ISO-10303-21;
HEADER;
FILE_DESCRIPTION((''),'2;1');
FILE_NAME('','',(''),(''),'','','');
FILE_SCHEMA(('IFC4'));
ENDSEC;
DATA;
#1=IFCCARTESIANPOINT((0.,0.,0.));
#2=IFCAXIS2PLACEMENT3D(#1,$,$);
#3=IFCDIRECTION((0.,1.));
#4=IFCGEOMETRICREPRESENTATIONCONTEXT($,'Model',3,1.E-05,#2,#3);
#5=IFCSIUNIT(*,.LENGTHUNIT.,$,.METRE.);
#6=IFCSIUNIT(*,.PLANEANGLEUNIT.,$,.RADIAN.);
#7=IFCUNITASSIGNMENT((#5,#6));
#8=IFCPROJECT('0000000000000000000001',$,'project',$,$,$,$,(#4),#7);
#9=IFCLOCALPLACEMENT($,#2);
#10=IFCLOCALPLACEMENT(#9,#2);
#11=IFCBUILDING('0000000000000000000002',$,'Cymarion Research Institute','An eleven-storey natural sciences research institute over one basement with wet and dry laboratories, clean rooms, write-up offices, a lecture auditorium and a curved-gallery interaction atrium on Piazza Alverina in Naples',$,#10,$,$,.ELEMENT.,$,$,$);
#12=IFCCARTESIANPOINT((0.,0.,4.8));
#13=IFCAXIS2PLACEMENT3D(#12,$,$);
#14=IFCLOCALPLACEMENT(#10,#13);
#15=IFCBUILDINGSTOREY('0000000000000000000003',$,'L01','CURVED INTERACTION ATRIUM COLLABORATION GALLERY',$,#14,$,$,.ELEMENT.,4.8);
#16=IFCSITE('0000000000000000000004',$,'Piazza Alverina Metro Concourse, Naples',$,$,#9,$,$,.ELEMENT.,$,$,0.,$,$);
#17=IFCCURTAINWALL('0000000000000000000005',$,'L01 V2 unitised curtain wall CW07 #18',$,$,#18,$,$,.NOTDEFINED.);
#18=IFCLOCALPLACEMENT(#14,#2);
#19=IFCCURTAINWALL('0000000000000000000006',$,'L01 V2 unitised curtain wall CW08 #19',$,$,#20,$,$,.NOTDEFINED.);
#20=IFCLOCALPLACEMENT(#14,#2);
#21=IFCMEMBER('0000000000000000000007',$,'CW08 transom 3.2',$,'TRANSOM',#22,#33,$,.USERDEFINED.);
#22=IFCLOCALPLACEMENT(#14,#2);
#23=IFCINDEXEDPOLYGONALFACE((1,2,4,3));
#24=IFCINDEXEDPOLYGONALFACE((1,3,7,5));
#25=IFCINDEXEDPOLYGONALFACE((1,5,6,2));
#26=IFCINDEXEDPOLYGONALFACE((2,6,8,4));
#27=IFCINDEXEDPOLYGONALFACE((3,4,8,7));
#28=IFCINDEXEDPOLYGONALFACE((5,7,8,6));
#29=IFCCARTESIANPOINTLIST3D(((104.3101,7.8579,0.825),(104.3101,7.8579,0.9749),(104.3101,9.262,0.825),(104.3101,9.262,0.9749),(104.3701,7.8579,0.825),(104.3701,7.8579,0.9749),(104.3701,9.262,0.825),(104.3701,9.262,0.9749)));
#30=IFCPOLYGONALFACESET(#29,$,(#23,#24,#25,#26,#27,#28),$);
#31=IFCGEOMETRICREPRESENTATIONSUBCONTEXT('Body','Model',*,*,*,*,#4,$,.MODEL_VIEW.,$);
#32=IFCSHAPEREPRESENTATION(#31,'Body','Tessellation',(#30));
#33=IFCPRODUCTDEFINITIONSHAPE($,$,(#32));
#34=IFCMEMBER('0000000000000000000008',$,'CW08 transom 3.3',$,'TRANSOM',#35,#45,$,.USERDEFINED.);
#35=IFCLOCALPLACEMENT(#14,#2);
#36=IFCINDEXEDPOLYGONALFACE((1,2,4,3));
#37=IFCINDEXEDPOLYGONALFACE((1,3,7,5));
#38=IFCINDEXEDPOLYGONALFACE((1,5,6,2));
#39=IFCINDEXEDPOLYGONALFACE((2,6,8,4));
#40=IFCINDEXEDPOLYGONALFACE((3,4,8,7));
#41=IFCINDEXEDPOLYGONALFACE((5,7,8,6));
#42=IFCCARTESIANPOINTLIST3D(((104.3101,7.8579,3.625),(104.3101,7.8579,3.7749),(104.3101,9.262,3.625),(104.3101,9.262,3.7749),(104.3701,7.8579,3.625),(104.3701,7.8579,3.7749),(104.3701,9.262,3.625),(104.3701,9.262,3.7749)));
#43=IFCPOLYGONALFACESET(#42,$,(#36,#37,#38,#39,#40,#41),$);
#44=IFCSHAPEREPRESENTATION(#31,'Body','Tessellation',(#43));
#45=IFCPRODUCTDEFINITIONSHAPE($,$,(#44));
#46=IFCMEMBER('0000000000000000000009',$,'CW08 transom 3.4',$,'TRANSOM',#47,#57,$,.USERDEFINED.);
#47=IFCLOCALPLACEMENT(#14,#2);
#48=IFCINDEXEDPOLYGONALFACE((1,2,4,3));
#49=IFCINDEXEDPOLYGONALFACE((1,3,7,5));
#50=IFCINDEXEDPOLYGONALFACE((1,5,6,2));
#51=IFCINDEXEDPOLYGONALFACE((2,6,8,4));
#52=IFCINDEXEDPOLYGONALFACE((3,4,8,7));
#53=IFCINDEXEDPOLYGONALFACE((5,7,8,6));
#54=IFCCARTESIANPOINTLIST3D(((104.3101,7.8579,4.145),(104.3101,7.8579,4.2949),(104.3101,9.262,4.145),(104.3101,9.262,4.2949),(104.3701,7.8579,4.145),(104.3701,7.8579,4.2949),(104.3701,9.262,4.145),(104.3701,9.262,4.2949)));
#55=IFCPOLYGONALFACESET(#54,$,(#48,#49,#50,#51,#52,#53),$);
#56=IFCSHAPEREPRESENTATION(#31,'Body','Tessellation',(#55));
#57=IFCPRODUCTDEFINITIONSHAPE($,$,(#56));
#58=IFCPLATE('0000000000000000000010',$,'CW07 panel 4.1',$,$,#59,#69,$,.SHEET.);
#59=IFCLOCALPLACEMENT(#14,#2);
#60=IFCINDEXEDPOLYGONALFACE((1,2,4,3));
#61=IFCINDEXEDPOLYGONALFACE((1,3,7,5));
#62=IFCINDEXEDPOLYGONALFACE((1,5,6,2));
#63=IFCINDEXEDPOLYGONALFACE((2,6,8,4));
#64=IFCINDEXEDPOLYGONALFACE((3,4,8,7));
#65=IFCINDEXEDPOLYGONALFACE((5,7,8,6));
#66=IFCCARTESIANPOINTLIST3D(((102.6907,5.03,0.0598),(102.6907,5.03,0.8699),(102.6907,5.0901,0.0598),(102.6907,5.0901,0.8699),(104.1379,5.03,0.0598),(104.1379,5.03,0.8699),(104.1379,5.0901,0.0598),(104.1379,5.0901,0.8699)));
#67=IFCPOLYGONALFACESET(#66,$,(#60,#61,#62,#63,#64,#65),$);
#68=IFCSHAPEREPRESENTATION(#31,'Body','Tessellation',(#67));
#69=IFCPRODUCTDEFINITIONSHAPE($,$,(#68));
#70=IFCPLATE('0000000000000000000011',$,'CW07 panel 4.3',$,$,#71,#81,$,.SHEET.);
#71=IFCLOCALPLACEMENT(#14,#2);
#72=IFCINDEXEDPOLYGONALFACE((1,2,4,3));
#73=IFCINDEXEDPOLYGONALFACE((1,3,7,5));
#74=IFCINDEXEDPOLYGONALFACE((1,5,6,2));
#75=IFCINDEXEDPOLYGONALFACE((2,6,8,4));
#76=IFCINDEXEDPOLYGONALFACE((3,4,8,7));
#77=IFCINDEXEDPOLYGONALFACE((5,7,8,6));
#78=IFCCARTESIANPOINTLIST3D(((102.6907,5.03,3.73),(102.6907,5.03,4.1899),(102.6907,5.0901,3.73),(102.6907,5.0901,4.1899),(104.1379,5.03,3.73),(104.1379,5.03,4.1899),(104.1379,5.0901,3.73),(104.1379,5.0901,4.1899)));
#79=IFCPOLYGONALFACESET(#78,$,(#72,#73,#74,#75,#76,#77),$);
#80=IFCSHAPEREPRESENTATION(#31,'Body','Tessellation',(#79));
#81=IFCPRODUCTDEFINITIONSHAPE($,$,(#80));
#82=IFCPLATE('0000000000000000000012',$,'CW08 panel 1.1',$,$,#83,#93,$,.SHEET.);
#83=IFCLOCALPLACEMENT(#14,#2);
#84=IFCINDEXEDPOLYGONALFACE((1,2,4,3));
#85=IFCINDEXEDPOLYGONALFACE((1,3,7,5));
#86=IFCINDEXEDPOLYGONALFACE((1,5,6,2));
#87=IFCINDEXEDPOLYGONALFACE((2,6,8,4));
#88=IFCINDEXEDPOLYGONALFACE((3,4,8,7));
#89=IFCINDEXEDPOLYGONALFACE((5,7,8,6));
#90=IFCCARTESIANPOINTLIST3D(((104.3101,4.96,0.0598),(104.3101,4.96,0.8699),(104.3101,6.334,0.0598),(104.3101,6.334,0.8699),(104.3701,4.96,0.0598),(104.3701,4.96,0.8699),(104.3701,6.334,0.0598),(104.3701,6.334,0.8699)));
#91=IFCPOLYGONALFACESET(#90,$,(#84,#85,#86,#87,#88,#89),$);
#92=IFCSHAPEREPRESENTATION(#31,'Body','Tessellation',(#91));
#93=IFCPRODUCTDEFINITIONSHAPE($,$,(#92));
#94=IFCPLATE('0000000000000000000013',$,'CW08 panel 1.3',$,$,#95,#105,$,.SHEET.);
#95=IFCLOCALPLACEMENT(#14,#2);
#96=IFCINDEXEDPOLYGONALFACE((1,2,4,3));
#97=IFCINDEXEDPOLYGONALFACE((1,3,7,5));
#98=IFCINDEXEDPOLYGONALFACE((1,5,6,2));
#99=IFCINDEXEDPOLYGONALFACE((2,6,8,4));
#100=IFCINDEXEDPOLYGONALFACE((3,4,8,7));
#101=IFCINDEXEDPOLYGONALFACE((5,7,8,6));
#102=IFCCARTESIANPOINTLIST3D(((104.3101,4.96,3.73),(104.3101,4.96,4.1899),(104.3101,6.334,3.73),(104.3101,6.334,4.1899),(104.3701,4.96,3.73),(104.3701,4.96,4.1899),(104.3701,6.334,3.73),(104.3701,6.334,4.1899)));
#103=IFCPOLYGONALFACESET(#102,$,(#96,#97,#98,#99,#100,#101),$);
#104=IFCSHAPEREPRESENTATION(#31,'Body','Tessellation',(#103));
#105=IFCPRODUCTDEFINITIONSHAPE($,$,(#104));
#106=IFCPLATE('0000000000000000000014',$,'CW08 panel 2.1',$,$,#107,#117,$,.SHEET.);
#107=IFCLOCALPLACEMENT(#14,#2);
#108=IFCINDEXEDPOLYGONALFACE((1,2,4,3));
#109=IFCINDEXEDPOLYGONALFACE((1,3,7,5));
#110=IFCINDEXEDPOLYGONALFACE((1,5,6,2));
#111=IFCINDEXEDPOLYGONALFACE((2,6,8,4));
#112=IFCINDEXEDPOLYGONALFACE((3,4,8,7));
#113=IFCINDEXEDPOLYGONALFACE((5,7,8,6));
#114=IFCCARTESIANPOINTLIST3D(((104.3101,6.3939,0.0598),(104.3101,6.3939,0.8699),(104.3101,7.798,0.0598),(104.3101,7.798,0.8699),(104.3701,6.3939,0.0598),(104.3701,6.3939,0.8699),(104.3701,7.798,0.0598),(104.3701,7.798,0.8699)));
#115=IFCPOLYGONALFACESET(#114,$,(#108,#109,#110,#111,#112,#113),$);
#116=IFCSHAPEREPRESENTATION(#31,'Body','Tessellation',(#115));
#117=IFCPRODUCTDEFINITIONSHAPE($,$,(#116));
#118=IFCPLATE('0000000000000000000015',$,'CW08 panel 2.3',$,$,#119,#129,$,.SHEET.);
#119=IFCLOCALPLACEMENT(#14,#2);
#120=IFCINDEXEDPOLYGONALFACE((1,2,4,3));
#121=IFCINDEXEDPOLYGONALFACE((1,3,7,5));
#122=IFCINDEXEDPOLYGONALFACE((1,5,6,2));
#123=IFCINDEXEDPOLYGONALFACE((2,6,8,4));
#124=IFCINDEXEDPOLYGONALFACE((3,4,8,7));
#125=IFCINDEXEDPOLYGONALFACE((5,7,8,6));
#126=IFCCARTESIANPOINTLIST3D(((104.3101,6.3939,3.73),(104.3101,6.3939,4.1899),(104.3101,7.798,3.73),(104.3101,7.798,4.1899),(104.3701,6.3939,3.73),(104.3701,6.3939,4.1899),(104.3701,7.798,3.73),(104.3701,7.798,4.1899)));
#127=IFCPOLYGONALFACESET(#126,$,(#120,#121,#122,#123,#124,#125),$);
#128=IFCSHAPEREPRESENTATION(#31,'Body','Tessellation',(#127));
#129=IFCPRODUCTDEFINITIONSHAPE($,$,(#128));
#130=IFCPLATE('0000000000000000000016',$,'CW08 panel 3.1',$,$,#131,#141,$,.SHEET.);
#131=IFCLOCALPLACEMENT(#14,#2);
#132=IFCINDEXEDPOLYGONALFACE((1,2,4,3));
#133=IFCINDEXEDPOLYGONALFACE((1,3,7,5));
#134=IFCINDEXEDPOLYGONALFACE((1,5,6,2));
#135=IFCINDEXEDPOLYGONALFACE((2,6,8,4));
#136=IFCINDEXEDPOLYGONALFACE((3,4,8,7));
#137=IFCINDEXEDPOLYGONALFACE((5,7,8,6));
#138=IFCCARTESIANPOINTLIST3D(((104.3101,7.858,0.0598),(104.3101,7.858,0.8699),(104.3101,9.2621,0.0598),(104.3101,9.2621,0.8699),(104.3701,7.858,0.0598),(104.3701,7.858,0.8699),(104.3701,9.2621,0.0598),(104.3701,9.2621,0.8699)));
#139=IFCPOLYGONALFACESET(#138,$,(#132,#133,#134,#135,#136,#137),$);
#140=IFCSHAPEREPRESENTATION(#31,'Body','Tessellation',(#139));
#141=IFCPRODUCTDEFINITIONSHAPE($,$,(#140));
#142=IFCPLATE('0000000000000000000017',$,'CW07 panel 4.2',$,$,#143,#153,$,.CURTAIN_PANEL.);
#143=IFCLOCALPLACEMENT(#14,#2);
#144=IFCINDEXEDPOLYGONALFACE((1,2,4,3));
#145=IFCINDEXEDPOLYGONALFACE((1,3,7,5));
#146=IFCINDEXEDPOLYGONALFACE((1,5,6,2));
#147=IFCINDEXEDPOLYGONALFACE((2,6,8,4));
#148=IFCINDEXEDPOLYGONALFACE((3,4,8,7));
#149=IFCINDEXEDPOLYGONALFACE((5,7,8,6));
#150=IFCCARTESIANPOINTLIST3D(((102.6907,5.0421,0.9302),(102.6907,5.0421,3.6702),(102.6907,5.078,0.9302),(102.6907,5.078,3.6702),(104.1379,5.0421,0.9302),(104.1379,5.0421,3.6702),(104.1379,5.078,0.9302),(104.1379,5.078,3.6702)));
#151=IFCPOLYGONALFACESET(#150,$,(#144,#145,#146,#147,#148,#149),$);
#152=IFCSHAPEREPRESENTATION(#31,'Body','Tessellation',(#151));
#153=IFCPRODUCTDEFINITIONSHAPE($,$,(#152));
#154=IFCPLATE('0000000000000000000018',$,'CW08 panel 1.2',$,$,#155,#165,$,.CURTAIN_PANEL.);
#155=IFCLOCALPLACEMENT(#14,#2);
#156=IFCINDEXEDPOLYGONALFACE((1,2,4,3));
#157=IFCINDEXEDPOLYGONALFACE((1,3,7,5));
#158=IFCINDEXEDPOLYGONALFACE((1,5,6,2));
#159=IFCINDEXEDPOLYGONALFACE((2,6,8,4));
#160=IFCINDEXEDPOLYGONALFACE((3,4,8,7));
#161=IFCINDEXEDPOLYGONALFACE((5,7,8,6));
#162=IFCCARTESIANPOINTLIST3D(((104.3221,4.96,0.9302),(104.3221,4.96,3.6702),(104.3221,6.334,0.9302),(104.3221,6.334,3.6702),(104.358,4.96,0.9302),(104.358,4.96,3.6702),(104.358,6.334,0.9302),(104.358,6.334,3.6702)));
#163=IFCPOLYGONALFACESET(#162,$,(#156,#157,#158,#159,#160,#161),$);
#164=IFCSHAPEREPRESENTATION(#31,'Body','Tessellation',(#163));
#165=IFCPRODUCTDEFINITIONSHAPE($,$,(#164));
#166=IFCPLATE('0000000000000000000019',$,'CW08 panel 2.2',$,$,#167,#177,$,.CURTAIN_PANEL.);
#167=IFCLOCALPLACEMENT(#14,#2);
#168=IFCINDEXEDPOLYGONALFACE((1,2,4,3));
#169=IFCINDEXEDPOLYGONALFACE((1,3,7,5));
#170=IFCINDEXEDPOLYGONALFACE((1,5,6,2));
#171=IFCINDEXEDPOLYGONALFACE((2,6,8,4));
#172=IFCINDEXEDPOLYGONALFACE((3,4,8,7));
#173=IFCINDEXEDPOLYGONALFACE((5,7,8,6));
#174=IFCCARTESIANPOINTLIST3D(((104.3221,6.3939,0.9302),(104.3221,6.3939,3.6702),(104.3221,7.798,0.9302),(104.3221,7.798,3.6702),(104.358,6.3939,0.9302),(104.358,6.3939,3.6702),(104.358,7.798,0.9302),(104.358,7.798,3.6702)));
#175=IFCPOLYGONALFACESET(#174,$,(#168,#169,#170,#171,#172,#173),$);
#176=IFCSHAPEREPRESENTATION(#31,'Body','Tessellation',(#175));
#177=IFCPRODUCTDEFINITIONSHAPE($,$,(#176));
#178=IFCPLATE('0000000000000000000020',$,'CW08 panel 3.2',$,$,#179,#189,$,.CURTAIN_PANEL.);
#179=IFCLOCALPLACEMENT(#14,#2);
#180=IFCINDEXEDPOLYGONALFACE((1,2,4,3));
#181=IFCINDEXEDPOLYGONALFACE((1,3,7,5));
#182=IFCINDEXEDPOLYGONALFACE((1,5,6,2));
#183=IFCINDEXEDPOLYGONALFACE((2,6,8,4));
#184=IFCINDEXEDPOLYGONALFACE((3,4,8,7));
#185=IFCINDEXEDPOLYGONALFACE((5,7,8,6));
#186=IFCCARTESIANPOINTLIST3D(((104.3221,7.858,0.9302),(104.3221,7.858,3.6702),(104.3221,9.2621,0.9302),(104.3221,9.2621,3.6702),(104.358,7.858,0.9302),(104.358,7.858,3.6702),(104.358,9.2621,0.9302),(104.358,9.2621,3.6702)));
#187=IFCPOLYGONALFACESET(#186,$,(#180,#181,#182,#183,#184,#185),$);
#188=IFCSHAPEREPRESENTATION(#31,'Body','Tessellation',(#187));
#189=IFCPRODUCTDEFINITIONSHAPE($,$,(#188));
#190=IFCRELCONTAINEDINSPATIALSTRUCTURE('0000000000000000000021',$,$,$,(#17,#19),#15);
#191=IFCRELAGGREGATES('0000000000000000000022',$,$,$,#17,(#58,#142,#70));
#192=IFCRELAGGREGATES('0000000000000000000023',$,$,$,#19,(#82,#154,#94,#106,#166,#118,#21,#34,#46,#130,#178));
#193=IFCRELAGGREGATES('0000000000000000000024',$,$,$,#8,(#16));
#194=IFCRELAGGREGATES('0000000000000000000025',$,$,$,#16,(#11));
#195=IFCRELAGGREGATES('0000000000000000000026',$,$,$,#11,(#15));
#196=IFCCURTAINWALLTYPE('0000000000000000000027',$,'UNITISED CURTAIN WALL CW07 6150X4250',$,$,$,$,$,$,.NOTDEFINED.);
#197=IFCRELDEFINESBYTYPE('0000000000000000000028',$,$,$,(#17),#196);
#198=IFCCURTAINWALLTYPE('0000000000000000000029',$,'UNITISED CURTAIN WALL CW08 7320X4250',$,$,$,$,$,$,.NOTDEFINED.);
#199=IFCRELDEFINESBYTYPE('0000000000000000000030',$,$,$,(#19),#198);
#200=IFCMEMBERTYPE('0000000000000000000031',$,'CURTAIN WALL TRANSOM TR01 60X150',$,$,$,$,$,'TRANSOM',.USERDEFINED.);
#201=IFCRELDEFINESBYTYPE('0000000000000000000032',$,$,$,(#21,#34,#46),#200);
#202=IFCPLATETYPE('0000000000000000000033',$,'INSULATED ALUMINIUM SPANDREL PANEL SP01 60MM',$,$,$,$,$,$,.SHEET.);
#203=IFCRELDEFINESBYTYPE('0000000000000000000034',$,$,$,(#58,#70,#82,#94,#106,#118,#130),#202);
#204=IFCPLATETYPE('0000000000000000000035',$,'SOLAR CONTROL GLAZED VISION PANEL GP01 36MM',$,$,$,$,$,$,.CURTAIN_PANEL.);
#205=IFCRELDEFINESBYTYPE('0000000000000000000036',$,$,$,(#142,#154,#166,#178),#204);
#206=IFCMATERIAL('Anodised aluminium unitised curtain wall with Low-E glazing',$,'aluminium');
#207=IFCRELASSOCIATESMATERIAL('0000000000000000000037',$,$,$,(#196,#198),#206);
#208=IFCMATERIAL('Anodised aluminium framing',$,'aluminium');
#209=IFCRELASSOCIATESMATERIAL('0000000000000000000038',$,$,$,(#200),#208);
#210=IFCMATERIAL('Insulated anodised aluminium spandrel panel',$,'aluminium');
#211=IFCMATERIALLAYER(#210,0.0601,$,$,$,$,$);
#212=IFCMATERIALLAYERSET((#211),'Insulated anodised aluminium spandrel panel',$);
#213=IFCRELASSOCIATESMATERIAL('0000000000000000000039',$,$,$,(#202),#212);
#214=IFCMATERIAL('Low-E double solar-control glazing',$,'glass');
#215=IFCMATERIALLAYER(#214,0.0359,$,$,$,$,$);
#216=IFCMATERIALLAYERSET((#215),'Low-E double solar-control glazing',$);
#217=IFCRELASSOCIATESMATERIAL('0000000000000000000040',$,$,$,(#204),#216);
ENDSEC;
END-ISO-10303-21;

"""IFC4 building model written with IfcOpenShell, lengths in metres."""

from ifc_helpers import new_model, si_unit, direction, frame, origin, origin_2d, place, context, subcontext, project, spatial, rectangle, extrude, material, layer, layer_set, material_profile, profile_set, type_object, element, aggregate, save


model = new_model("IFC4")

# Units and contexts
model_context = context("Model", 3, precision=1e-05, world=origin(), true_north=direction((0.0, 1.0)))
body_context = subcontext(model_context, "Body", "Model", "MODEL_VIEW")
ifc_project = project(units=[si_unit("LENGTHUNIT", "METRE"), si_unit("PLANEANGLEUNIT", "RADIAN")], contexts=[model_context])

# Site, building, storey
site_placement = place(None, origin())
site = spatial("IfcSite", under=ifc_project, at=site_placement, Name="Piazza Alverina Metro Concourse, Naples", CompositionType="ELEMENT", RefElevation=0.0)
building_placement = place(site_placement, origin())
building = spatial("IfcBuilding", under=site, at=building_placement, Name="Cymarion Research Institute", Description="An eleven-storey natural sciences research institute over one basement with wet and dry laboratories, clean rooms, write-up offices, a lecture auditorium and a curved-gallery interaction atrium on Piazza Alverina in Naples", CompositionType="ELEMENT")
storey_placement = place(building_placement, frame((0.0, 0.0, 4.8)))
storey = spatial("IfcBuildingStorey", under=building, at=storey_placement, Name="L01", Description="CURVED INTERACTION ATRIUM COLLABORATION GALLERY", CompositionType="ELEMENT", Elevation=4.8)

# Curtain wall
ifc_material_1 = material(Name="Anodised aluminium unitised curtain wall with Low-E glazing", Category="aluminium")
curtain_wall_type_1 = type_object("IfcCurtainWallType", Name="UNITISED CURTAIN WALL CW07 6150X4250", PredefinedType="NOTDEFINED", material=ifc_material_1)
curtain_wall_1_placement = place(storey_placement, origin())
curtain_wall_1 = element("IfcCurtainWall", 1, at=curtain_wall_1_placement, inside=storey, type_object=curtain_wall_type_1, Name="L01 V2 unitised curtain wall CW07 #18", PredefinedType="NOTDEFINED")
ifc_material_2 = material(Name="Anodised aluminium framing", Category="aluminium")

# Curtain wall
curtain_wall_type_2 = type_object("IfcCurtainWallType", Name="UNITISED CURTAIN WALL CW08 7320X4250", PredefinedType="NOTDEFINED", material=ifc_material_1)
curtain_wall_2_placement = place(storey_placement, origin())
curtain_wall_2 = element("IfcCurtainWall", 2, at=curtain_wall_2_placement, inside=storey, type_object=curtain_wall_type_2, Name="L01 V2 unitised curtain wall CW08 #19", PredefinedType="NOTDEFINED")

# Members
ifc_material_profile_1 = material_profile(ifc_material_2, rectangle(XDim=0.0601, YDim=0.1499, at=origin_2d()), Name="ALU TRANSOM 60x150")
ifc_profile_set_1 = profile_set([ifc_material_profile_1], Name="Anodised aluminium framing")
member_type_1 = type_object("IfcMemberType", Name="CURTAIN WALL TRANSOM TR01 60X150", ElementType="TRANSOM", PredefinedType="USERDEFINED", material=ifc_profile_set_1)
member_1_placement = place(storey_placement, frame((104.3401, 7.8579, 0.8999), z_axis=(0.0, 1.0, 0.0), x_axis=(-1.0, 0.0, 0.0)))
member_1 = element("IfcMember", 3, at=member_1_placement, type_object=member_type_1, Name="CW08 transom 3.2", ObjectType="TRANSOM", PredefinedType="USERDEFINED", context=body_context, shape_type="SweptSolid", body=[
    extrude(rectangle(XDim=0.0601, YDim=0.1499, at=origin_2d()), origin(), (0.0, 0.0, 1.0), 1.4041),
])
member_2_placement = place(storey_placement, frame((104.3401, 7.8579, 3.7), z_axis=(0.0, 1.0, 0.0), x_axis=(-1.0, 0.0, 0.0)))
member_2 = element("IfcMember", 4, at=member_2_placement, type_object=member_type_1, Name="CW08 transom 3.3", ObjectType="TRANSOM", PredefinedType="USERDEFINED", context=body_context, shape_type="SweptSolid", body=[
    extrude(rectangle(XDim=0.0601, YDim=0.1499, at=origin_2d()), origin(), (0.0, 0.0, 1.0), 1.4041),
])
member_3_placement = place(storey_placement, frame((104.3401, 7.8579, 4.22), z_axis=(0.0, 1.0, 0.0), x_axis=(-1.0, 0.0, 0.0)))
member_3 = element("IfcMember", 5, at=member_3_placement, type_object=member_type_1, Name="CW08 transom 3.4", ObjectType="TRANSOM", PredefinedType="USERDEFINED", context=body_context, shape_type="SweptSolid", body=[
    extrude(rectangle(XDim=0.0601, YDim=0.1499, at=origin_2d()), origin(), (0.0, 0.0, 1.0), 1.4041),
])

# Plates
ifc_material_3 = material(Name="Insulated anodised aluminium spandrel panel", Category="aluminium")
ifc_layer_1 = layer(ifc_material_3, 0.0601)
ifc_layer_set_1 = layer_set([ifc_layer_1], Name="Insulated anodised aluminium spandrel panel")
plate_type_1 = type_object("IfcPlateType", Name="INSULATED ALUMINIUM SPANDREL PANEL SP01 60MM", PredefinedType="SHEET", material=ifc_layer_set_1)
plate_1_placement = place(storey_placement, frame((103.4143, 5.0601, 0.0598), z_axis=(0.0, 0.0, 1.0), x_axis=(1.0, 0.0, 0.0)))
plate_1 = element("IfcPlate", 6, at=plate_1_placement, type_object=plate_type_1, Name="CW07 panel 4.1", PredefinedType="SHEET", context=body_context, shape_type="SweptSolid", body=[
    extrude(rectangle(XDim=1.4473, YDim=0.0601, at=origin_2d()), origin(), (0.0, 0.0, 1.0), 0.8101),
])
plate_2_placement = place(storey_placement, frame((103.4143, 5.0601, 3.73), z_axis=(0.0, 0.0, 1.0), x_axis=(1.0, 0.0, 0.0)))
plate_2 = element("IfcPlate", 7, at=plate_2_placement, type_object=plate_type_1, Name="CW07 panel 4.3", PredefinedType="SHEET", context=body_context, shape_type="SweptSolid", body=[
    extrude(rectangle(XDim=1.4473, YDim=0.0601, at=origin_2d()), origin(), (0.0, 0.0, 1.0), 0.46),
])
plate_3_placement = place(storey_placement, frame((104.3401, 5.647, 0.0598), z_axis=(0.0, 0.0, 1.0), x_axis=(0.0, 1.0, 0.0)))
plate_3 = element("IfcPlate", 8, at=plate_3_placement, type_object=plate_type_1, Name="CW08 panel 1.1", PredefinedType="SHEET", context=body_context, shape_type="SweptSolid", body=[
    extrude(rectangle(XDim=1.374, YDim=0.0601, at=origin_2d()), origin(), (0.0, 0.0, 1.0), 0.8101),
])
plate_4_placement = place(storey_placement, frame((104.3401, 5.647, 3.73), z_axis=(0.0, 0.0, 1.0), x_axis=(0.0, 1.0, 0.0)))
plate_4 = element("IfcPlate", 9, at=plate_4_placement, type_object=plate_type_1, Name="CW08 panel 1.3", PredefinedType="SHEET", context=body_context, shape_type="SweptSolid", body=[
    extrude(rectangle(XDim=1.374, YDim=0.0601, at=origin_2d()), origin(), (0.0, 0.0, 1.0), 0.46),
])
plate_5_placement = place(storey_placement, frame((104.3401, 7.0959, 0.0598), z_axis=(0.0, 0.0, 1.0), x_axis=(0.0, 1.0, 0.0)))
plate_5 = element("IfcPlate", 10, at=plate_5_placement, type_object=plate_type_1, Name="CW08 panel 2.1", PredefinedType="SHEET", context=body_context, shape_type="SweptSolid", body=[
    extrude(rectangle(XDim=1.4041, YDim=0.0601, at=origin_2d()), origin(), (0.0, 0.0, 1.0), 0.8101),
])
plate_6_placement = place(storey_placement, frame((104.3401, 7.0959, 3.73), z_axis=(0.0, 0.0, 1.0), x_axis=(0.0, 1.0, 0.0)))
plate_6 = element("IfcPlate", 11, at=plate_6_placement, type_object=plate_type_1, Name="CW08 panel 2.3", PredefinedType="SHEET", context=body_context, shape_type="SweptSolid", body=[
    extrude(rectangle(XDim=1.4041, YDim=0.0601, at=origin_2d()), origin(), (0.0, 0.0, 1.0), 0.46),
])
plate_7_placement = place(storey_placement, frame((104.3401, 8.5601, 0.0598), z_axis=(0.0, 0.0, 1.0), x_axis=(0.0, 1.0, 0.0)))
plate_7 = element("IfcPlate", 12, at=plate_7_placement, type_object=plate_type_1, Name="CW08 panel 3.1", PredefinedType="SHEET", context=body_context, shape_type="SweptSolid", body=[
    extrude(rectangle(XDim=1.4041, YDim=0.0601, at=origin_2d()), origin(), (0.0, 0.0, 1.0), 0.8101),
])
ifc_material_4 = material(Name="Low-E double solar-control glazing", Category="glass")
ifc_layer_2 = layer(ifc_material_4, 0.0359)
ifc_layer_set_2 = layer_set([ifc_layer_2], Name="Low-E double solar-control glazing")
plate_type_2 = type_object("IfcPlateType", Name="SOLAR CONTROL GLAZED VISION PANEL GP01 36MM", PredefinedType="CURTAIN_PANEL", material=ifc_layer_set_2)
plate_8_placement = place(storey_placement, frame((103.4143, 5.0601, 0.9302), z_axis=(0.0, 0.0, 1.0), x_axis=(1.0, 0.0, 0.0)))
plate_8 = element("IfcPlate", 13, at=plate_8_placement, type_object=plate_type_2, Name="CW07 panel 4.2", PredefinedType="CURTAIN_PANEL", context=body_context, shape_type="SweptSolid", body=[
    extrude(rectangle(XDim=1.4473, YDim=0.0359, at=origin_2d()), origin(), (0.0, 0.0, 1.0), 2.74),
])
aggregate(curtain_wall_1, [plate_1, plate_8, plate_2])
plate_9_placement = place(storey_placement, frame((104.3401, 5.647, 0.9302), z_axis=(0.0, 0.0, 1.0), x_axis=(0.0, 1.0, 0.0)))
plate_9 = element("IfcPlate", 14, at=plate_9_placement, type_object=plate_type_2, Name="CW08 panel 1.2", PredefinedType="CURTAIN_PANEL", context=body_context, shape_type="SweptSolid", body=[
    extrude(rectangle(XDim=1.374, YDim=0.0359, at=origin_2d()), origin(), (0.0, 0.0, 1.0), 2.74),
])
plate_10_placement = place(storey_placement, frame((104.3401, 7.0959, 0.9302), z_axis=(0.0, 0.0, 1.0), x_axis=(0.0, 1.0, 0.0)))
plate_10 = element("IfcPlate", 15, at=plate_10_placement, type_object=plate_type_2, Name="CW08 panel 2.2", PredefinedType="CURTAIN_PANEL", context=body_context, shape_type="SweptSolid", body=[
    extrude(rectangle(XDim=1.4041, YDim=0.0359, at=origin_2d()), origin(), (0.0, 0.0, 1.0), 2.74),
])
plate_11_placement = place(storey_placement, frame((104.3401, 8.5601, 0.9302), z_axis=(0.0, 0.0, 1.0), x_axis=(0.0, 1.0, 0.0)))
plate_11 = element("IfcPlate", 16, at=plate_11_placement, type_object=plate_type_2, Name="CW08 panel 3.2", PredefinedType="CURTAIN_PANEL", context=body_context, shape_type="SweptSolid", body=[
    extrude(rectangle(XDim=1.4041, YDim=0.0359, at=origin_2d()), origin(), (0.0, 0.0, 1.0), 2.74),
])
aggregate(curtain_wall_2, [plate_3, plate_9, plate_4, plate_5, plate_10, plate_6, member_1, member_2, member_3, plate_7, plate_11])

save(model, "model.ifc")
